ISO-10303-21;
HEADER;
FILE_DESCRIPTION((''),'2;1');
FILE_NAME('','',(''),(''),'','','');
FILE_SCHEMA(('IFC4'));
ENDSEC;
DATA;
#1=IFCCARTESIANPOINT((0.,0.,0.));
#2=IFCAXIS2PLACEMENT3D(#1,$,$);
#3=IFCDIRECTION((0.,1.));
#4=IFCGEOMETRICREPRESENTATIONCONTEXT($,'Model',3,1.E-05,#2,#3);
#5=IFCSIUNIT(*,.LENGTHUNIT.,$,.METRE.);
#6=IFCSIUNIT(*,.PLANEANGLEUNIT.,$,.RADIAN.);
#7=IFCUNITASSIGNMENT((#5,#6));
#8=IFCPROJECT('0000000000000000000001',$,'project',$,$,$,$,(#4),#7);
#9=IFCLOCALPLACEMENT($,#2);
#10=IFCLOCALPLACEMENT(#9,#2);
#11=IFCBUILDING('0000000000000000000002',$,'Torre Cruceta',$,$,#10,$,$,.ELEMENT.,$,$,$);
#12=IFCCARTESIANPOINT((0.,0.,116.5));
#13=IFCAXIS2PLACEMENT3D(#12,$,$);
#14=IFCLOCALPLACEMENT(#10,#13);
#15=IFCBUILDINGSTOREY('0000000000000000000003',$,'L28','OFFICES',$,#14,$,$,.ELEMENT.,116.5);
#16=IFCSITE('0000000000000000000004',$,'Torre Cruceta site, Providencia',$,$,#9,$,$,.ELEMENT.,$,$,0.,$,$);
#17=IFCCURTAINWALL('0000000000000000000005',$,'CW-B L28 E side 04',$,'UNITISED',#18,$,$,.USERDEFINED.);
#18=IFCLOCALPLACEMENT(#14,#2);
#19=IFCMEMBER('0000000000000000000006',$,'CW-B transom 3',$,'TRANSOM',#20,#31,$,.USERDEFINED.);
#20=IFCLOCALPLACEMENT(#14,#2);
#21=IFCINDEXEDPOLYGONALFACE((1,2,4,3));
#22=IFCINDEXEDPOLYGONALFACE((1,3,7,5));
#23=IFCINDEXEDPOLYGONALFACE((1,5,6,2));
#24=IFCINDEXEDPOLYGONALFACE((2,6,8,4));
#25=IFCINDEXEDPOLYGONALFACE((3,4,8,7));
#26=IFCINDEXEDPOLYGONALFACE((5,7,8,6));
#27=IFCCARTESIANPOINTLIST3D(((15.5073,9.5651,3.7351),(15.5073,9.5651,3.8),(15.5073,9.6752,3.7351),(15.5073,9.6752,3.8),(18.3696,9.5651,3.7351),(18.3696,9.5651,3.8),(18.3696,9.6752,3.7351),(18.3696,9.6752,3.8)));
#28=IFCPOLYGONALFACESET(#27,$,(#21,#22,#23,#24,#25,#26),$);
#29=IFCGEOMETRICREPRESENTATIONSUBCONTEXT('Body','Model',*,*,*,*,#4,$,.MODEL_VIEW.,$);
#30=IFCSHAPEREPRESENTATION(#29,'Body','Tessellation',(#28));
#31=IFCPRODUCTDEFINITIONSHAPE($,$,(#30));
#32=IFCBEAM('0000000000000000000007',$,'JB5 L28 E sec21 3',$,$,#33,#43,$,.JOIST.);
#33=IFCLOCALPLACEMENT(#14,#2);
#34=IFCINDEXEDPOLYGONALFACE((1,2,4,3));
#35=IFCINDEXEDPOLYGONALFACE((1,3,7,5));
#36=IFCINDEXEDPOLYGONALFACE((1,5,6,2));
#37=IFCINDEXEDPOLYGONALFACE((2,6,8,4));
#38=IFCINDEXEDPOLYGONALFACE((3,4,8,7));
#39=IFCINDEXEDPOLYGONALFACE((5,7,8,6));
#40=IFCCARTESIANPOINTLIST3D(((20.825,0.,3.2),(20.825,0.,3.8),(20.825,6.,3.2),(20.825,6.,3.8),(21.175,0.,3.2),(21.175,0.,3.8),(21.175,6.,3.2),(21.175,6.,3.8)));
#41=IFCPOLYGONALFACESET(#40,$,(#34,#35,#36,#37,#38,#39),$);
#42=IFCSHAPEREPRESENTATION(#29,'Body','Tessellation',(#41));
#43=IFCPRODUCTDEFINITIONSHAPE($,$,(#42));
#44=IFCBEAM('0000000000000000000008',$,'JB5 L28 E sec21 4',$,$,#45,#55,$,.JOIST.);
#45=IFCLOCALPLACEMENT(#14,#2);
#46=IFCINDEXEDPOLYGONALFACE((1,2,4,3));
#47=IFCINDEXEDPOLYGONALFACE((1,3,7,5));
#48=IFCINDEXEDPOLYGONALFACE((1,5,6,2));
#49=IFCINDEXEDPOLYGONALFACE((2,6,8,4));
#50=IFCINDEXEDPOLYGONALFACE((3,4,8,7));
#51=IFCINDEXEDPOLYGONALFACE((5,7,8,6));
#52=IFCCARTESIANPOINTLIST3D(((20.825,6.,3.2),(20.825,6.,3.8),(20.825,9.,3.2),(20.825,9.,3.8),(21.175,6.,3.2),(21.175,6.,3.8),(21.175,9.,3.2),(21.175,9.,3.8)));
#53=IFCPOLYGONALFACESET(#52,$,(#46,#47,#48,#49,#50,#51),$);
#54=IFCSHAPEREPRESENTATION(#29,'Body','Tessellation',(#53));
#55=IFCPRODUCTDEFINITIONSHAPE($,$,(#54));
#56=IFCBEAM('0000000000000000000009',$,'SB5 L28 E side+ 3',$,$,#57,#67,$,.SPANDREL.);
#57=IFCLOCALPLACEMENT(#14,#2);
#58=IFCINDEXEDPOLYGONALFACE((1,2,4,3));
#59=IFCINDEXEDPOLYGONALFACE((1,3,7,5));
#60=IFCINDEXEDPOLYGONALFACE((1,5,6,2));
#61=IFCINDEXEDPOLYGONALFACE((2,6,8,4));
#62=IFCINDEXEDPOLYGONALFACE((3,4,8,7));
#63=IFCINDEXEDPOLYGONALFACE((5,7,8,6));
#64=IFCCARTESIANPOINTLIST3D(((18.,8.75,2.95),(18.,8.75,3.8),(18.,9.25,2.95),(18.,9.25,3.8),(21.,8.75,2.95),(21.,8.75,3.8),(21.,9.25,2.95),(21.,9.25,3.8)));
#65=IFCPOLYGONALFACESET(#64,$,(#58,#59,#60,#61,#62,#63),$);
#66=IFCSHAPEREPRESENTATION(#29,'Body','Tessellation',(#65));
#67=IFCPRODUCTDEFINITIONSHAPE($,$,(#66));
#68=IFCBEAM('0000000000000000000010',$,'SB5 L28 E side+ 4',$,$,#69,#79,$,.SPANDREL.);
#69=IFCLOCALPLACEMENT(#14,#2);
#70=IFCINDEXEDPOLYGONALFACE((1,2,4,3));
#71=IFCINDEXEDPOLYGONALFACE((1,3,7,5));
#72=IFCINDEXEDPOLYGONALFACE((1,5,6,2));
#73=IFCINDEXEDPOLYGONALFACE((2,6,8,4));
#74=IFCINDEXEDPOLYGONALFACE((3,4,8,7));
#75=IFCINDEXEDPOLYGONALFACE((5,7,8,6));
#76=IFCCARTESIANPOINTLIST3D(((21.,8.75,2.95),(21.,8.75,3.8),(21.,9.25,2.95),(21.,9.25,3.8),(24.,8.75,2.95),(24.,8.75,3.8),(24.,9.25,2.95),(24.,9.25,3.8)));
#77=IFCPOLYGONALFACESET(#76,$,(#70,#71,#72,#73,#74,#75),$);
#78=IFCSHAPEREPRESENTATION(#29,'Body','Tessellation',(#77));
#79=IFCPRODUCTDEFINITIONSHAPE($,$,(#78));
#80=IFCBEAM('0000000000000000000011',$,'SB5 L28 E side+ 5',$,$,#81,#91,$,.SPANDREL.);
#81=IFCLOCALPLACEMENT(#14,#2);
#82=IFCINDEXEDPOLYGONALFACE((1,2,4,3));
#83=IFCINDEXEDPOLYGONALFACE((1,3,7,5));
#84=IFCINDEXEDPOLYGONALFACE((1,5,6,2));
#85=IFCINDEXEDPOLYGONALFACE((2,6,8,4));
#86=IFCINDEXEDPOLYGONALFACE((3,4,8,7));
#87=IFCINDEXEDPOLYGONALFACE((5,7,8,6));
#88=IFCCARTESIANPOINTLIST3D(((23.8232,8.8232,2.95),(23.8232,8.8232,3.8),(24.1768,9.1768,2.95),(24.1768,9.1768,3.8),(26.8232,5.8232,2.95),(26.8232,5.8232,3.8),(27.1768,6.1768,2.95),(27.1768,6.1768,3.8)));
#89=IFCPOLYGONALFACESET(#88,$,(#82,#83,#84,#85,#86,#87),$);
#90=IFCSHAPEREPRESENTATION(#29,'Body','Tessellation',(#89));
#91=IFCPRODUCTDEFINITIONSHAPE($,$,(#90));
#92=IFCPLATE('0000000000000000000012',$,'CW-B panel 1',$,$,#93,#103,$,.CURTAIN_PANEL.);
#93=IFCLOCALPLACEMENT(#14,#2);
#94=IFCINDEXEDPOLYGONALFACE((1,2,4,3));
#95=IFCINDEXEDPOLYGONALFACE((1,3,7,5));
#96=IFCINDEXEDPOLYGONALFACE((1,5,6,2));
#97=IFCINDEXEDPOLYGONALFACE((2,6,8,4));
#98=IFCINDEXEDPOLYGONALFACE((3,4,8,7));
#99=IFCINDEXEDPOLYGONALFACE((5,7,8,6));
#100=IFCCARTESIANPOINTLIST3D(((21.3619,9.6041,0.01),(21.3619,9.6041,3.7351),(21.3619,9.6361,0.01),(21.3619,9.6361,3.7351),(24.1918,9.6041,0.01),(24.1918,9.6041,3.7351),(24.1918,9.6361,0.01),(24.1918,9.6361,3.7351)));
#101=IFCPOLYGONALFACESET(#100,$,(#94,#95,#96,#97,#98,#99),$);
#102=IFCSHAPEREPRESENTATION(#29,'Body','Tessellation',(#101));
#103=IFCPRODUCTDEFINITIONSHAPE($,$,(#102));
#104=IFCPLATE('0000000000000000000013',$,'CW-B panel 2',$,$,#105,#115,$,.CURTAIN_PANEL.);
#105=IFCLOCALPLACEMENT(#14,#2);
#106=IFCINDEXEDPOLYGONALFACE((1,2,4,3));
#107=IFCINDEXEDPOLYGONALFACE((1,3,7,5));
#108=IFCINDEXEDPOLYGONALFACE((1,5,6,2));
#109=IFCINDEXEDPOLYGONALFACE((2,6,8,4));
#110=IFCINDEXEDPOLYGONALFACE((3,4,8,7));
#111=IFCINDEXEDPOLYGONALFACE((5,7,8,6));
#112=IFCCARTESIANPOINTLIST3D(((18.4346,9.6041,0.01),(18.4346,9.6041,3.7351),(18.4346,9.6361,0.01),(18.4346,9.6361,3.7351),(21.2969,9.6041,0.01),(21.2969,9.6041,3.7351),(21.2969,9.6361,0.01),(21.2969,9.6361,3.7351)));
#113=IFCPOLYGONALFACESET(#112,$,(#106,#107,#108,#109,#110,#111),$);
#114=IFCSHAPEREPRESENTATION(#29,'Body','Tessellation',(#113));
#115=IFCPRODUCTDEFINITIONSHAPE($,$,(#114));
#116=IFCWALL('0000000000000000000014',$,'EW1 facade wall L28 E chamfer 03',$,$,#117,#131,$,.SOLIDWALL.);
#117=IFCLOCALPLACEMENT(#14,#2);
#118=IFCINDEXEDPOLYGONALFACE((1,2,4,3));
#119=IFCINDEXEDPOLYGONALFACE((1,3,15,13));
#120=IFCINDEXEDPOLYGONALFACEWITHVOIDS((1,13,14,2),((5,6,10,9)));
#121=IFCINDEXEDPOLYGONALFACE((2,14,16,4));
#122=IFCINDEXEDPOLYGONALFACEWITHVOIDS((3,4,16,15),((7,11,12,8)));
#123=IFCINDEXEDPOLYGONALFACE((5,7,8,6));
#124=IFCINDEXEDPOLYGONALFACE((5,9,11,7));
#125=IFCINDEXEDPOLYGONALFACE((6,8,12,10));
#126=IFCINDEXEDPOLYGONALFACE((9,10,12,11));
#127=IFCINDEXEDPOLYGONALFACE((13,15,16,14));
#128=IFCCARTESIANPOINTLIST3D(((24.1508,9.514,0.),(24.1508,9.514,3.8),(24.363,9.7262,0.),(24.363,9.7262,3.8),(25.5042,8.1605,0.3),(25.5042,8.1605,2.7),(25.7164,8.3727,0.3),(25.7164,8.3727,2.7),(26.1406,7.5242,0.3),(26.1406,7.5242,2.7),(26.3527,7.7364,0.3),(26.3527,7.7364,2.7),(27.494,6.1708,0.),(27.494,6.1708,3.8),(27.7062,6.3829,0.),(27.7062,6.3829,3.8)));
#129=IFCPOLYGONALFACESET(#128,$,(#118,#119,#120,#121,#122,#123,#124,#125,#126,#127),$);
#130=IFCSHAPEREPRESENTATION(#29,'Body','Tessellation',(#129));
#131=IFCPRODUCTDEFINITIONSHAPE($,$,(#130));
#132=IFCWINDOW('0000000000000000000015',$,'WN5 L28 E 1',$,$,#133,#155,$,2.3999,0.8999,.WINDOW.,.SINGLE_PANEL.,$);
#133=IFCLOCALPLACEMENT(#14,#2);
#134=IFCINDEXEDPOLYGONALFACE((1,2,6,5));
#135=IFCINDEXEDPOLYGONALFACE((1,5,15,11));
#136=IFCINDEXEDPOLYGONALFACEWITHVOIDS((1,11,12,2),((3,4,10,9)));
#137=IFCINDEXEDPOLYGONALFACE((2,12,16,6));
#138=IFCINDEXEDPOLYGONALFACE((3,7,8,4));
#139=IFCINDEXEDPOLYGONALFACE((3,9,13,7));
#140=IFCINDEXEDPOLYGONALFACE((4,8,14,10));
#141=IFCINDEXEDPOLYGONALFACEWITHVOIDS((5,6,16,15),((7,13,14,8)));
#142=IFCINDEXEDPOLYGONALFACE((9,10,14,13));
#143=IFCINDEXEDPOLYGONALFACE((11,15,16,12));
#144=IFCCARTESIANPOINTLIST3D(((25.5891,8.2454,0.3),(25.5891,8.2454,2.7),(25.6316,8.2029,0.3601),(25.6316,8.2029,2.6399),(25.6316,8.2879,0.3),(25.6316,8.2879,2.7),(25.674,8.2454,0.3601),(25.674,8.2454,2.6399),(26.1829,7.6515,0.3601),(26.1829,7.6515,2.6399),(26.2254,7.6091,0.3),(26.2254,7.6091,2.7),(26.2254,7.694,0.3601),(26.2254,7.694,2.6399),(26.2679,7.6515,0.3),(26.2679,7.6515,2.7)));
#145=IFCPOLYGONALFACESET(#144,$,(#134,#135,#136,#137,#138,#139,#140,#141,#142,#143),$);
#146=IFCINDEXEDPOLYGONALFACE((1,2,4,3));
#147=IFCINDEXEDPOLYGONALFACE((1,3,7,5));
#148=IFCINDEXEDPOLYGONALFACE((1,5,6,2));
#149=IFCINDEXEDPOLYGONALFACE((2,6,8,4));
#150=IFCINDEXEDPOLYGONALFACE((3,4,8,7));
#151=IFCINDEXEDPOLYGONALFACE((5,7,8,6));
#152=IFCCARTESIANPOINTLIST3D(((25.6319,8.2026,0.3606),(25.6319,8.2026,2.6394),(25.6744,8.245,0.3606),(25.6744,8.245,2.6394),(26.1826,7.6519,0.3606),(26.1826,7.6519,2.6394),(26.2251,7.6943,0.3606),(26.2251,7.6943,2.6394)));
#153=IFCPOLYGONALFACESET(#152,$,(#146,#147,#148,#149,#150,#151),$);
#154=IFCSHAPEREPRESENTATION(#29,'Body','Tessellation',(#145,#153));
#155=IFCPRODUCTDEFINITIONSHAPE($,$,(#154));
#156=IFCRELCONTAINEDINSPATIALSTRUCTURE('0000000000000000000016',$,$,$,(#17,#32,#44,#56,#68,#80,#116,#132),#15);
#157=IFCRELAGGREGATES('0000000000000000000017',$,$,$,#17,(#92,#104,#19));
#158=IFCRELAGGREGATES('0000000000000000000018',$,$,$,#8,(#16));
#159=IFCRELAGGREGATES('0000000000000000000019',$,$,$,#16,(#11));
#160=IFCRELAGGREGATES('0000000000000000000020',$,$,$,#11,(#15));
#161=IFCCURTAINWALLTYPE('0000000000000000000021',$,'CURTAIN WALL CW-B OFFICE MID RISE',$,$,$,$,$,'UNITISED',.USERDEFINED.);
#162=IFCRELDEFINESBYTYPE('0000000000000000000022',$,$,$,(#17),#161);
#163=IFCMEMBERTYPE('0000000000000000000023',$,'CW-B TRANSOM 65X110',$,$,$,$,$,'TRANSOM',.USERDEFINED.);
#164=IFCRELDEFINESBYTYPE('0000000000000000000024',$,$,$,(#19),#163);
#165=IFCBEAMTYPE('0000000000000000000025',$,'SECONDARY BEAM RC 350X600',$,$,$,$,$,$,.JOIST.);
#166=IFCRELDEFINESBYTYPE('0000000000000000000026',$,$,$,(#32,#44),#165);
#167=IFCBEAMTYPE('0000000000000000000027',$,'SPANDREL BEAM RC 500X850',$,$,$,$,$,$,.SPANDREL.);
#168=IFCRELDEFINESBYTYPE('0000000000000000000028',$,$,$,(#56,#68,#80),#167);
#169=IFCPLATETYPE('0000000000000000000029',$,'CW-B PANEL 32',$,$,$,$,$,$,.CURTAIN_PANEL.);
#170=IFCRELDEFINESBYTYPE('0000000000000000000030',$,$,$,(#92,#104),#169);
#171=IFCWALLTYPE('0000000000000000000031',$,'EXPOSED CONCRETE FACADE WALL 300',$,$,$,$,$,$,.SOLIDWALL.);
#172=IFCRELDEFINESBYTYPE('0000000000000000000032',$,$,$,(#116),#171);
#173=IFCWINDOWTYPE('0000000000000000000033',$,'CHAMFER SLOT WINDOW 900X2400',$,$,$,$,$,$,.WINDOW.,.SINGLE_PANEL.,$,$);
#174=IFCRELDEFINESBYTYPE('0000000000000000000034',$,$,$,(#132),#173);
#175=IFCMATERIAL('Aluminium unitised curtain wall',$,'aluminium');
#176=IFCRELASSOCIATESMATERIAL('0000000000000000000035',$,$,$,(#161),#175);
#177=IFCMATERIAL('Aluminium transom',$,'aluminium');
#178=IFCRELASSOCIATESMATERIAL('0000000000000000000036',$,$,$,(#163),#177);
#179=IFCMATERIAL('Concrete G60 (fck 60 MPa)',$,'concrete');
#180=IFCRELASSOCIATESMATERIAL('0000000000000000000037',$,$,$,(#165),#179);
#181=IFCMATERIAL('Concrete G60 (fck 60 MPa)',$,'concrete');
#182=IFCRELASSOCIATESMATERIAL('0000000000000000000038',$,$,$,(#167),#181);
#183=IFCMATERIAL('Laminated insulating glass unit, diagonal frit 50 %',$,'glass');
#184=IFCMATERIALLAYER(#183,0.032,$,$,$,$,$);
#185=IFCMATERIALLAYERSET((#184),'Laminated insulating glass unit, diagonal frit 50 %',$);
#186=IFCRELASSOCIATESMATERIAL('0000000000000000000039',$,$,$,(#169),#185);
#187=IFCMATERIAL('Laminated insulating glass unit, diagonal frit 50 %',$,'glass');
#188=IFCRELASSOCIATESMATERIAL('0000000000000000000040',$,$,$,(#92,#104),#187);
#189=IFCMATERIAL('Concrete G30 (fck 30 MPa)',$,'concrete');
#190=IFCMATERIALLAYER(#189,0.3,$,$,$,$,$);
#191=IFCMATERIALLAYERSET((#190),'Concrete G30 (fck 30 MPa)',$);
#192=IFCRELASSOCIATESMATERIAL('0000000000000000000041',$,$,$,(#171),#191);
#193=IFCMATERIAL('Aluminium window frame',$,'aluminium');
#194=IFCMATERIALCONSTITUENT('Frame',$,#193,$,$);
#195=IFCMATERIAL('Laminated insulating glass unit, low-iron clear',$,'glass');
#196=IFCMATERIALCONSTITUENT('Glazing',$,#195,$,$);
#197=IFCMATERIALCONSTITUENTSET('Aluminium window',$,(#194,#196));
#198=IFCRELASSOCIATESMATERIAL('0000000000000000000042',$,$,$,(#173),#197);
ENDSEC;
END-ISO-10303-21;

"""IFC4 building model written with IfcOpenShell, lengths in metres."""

from ifc_helpers import new_model, si_unit, direction, frame, frame_2d, origin, origin_2d, place, context, subcontext, project, spatial, rectangle, hollow_rectangle, extrude, material, layer, layer_set, constituent, constituent_set, material_profile, profile_set, type_object, element, fill, aggregate, save


model = new_model("IFC4")

# Units and contexts
model_context = context("Model", 3, precision=1e-05, world=origin(), true_north=direction((0.0, 1.0)))
body_context = subcontext(model_context, "Body", "Model", "MODEL_VIEW")
ifc_project = project(units=[si_unit("LENGTHUNIT", "METRE"), si_unit("PLANEANGLEUNIT", "RADIAN")], contexts=[model_context])

# Site, building, storey
site_placement = place(None, origin())
site = spatial("IfcSite", under=ifc_project, at=site_placement, Name="Torre Cruceta site, Providencia", CompositionType="ELEMENT", RefElevation=0.0)
building_placement = place(site_placement, origin())
building = spatial("IfcBuilding", under=site, at=building_placement, Name="Torre Cruceta", CompositionType="ELEMENT")
storey_placement = place(building_placement, frame((0.0, 0.0, 116.5)))
storey = spatial("IfcBuildingStorey", under=building, at=storey_placement, Name="L28", Description="OFFICES", CompositionType="ELEMENT", Elevation=116.5)

# Curtain wall, member
ifc_material_1 = material(Name="Aluminium unitised curtain wall", Category="aluminium")
curtain_wall_type = type_object("IfcCurtainWallType", Name="CURTAIN WALL CW-B OFFICE MID RISE", ElementType="UNITISED", PredefinedType="USERDEFINED", material=ifc_material_1)
curtain_wall_placement = place(storey_placement, origin())
curtain_wall = element("IfcCurtainWall", 1, at=curtain_wall_placement, inside=storey, type_object=curtain_wall_type, Name="CW-B L28 E side 04", ObjectType="UNITISED", PredefinedType="USERDEFINED")
ifc_material_2 = material(Name="Aluminium transom", Category="aluminium")
ifc_material_profile_1 = material_profile(ifc_material_2, rectangle(XDim=0.1101, YDim=0.0649, at=origin_2d()), Name="AL 110X65")
ifc_profile_set_1 = profile_set([ifc_material_profile_1], Name="Aluminium transom")
member_type_1 = type_object("IfcMemberType", Name="CW-B TRANSOM 65X110", ElementType="TRANSOM", PredefinedType="USERDEFINED", material=ifc_profile_set_1)
member_1_placement = place(storey_placement, frame((18.3696, 9.6201, 3.7676), z_axis=(-1.0, 0.0, 0.0), x_axis=(0.0, -1.0, 0.0)))
member_1 = element("IfcMember", 2, at=member_1_placement, type_object=member_type_1, Name="CW-B transom 3", ObjectType="TRANSOM", PredefinedType="USERDEFINED", context=body_context, shape_type="SweptSolid", body=[
    extrude(rectangle(XDim=0.1101, YDim=0.0649, at=origin_2d()), origin(), (0.0, 0.0, 1.0), 2.8623),
])

# Beams
ifc_material_3 = material(Name="Concrete G60 (fck 60 MPa)", Category="concrete")
ifc_material_profile_2 = material_profile(ifc_material_3, rectangle(XDim=0.3501, YDim=0.6001, at=origin_2d()), Name="RC 350X600")
ifc_profile_set_2 = profile_set([ifc_material_profile_2], Name="Concrete G60 (fck 60 MPa)")
beam_type_1 = type_object("IfcBeamType", Name="SECONDARY BEAM RC 350X600", PredefinedType="JOIST", material=ifc_profile_set_2)
beam_1_placement = place(storey_placement, frame((21.0, 0.0, 3.5), z_axis=(0.0, 1.0, 0.0), x_axis=(-1.0, 0.0, 0.0)))
element("IfcBeam", 3, at=beam_1_placement, inside=storey, type_object=beam_type_1, Name="JB5 L28 E sec21 3", PredefinedType="JOIST", context=body_context, shape_type="SweptSolid", body=[
    extrude(rectangle(XDim=0.3501, YDim=0.6001, at=origin_2d()), origin(), (0.0, 0.0, 1.0), 6.0),
])
beam_2_placement = place(storey_placement, frame((21.0, 6.0, 3.5), z_axis=(0.0, 1.0, 0.0), x_axis=(-1.0, 0.0, 0.0)))
element("IfcBeam", 4, at=beam_2_placement, inside=storey, type_object=beam_type_1, Name="JB5 L28 E sec21 4", PredefinedType="JOIST", context=body_context, shape_type="SweptSolid", body=[
    extrude(rectangle(XDim=0.3501, YDim=0.6001, at=origin_2d()), origin(), (0.0, 0.0, 1.0), 3.0),
])
ifc_material_4 = material(Name="Concrete G60 (fck 60 MPa)", Category="concrete")
ifc_material_profile_3 = material_profile(ifc_material_4, rectangle(XDim=0.5, YDim=0.8501, at=origin_2d()), Name="RC 500X850")
ifc_profile_set_3 = profile_set([ifc_material_profile_3], Name="Concrete G60 (fck 60 MPa)")
beam_type_2 = type_object("IfcBeamType", Name="SPANDREL BEAM RC 500X850", PredefinedType="SPANDREL", material=ifc_profile_set_3)
for number, where, z_axis, x_axis, name in (
    (5, (18.0, 9.0, 3.375), (1.0, 0.0, 0.0), (0.0, 1.0, 0.0), "SB5 L28 E side+ 3"),
    (6, (21.0, 9.0, 3.375), (1.0, 0.0, 0.0), (0.0, 1.0, 0.0), "SB5 L28 E side+ 4"),
):
    element("IfcBeam", number, at=place(storey_placement, frame(where, z_axis=z_axis, x_axis=x_axis)), inside=storey, type_object=beam_type_2, Name=name, PredefinedType="SPANDREL", context=body_context, shape_type="SweptSolid", body=[
        extrude(rectangle(XDim=0.5, YDim=0.8501, at=origin_2d()), origin(), (0.0, 0.0, 1.0), 3.0),
    ])
beam_3_placement = place(storey_placement, frame((24.0, 9.0, 3.375), z_axis=(0.707107, -0.707107, 0.0), x_axis=(0.707107, 0.707107, 0.0)))
element("IfcBeam", 7, at=beam_3_placement, inside=storey, type_object=beam_type_2, Name="SB5 L28 E side+ 5", PredefinedType="SPANDREL", context=body_context, shape_type="SweptSolid", body=[
    extrude(rectangle(XDim=0.5, YDim=0.8501, at=origin_2d()), origin(), (0.0, 0.0, 1.0), 4.2427),
])

# Plates
ifc_material_5 = material(Name="Laminated insulating glass unit, diagonal frit 50 %", Category="glass")
ifc_material_6 = material(Name="Laminated insulating glass unit, diagonal frit 50 %", Category="glass")
ifc_layer_1 = layer(ifc_material_6, 0.032)
ifc_layer_set_1 = layer_set([ifc_layer_1], Name="Laminated insulating glass unit, diagonal frit 50 %")
plate_type = type_object("IfcPlateType", Name="CW-B PANEL 32", PredefinedType="CURTAIN_PANEL", material=ifc_layer_set_1)
plate_1_placement = place(storey_placement, frame((22.7769, 9.6201, 0.01), z_axis=(0.0, 0.0, 1.0), x_axis=(-1.0, 0.0, 0.0)))
plate_1 = element("IfcPlate", 8, at=plate_1_placement, type_object=plate_type, material=ifc_material_5, Name="CW-B panel 1", PredefinedType="CURTAIN_PANEL", context=body_context, shape_type="SweptSolid", body=[
    extrude(rectangle(XDim=2.8298, YDim=0.032, at=origin_2d()), origin(), (0.0, 0.0, 1.0), 3.7251),
])
plate_2_placement = place(storey_placement, frame((19.8657, 9.6201, 0.01), z_axis=(0.0, 0.0, 1.0), x_axis=(-1.0, 0.0, 0.0)))
plate_2 = element("IfcPlate", 9, at=plate_2_placement, type_object=plate_type, material=ifc_material_5, Name="CW-B panel 2", PredefinedType="CURTAIN_PANEL", context=body_context, shape_type="SweptSolid", body=[
    extrude(rectangle(XDim=2.8623, YDim=0.032, at=origin_2d()), origin(), (0.0, 0.0, 1.0), 3.7251),
])
aggregate(curtain_wall, [plate_1, plate_2, member_1])

# Wall, opening, window
ifc_material_7 = material(Name="Concrete G30 (fck 30 MPa)", Category="concrete")
ifc_layer_2 = layer(ifc_material_7, 0.3)
ifc_layer_set_2 = layer_set([ifc_layer_2], Name="Concrete G30 (fck 30 MPa)")
wall_type = type_object("IfcWallType", Name="EXPOSED CONCRETE FACADE WALL 300", PredefinedType="SOLIDWALL", material=ifc_layer_set_2)
wall_placement = place(storey_placement, frame((27.6001, 6.2769, 0.0), z_axis=(0.0, 0.0, 1.0), x_axis=(-0.707107, 0.707107, 0.0)))
wall = element("IfcWall", 10, at=wall_placement, inside=storey, type_object=wall_type, Name="EW1 facade wall L28 E chamfer 03", PredefinedType="SOLIDWALL", context=body_context, shape_type="SweptSolid", body=[
    extrude(rectangle(XDim=4.728, YDim=0.3, at=frame_2d((2.364, 0.0))), origin(), (0.0, 0.0, 1.0), 3.8),
])
opening_placement = place(wall_placement, frame((1.9141, 0.0, 0.3)))
opening = element("IfcOpeningElement", 11, at=opening_placement, cuts=wall, PredefinedType="OPENING", context=body_context, shape_type="SweptSolid", body=[
    extrude(rectangle(XDim=0.8999, YDim=2.3999, at=frame_2d((0.45, 1.2))), frame((0.0, 0.1599, 0.0), z_axis=(0.0, -1.0, 0.0), x_axis=(1.0, 0.0, 0.0)), (0.0, 0.0, 1.0), 0.3201),
])
ifc_material_8 = material(Name="Aluminium window frame", Category="aluminium")
ifc_constituent_1 = constituent(ifc_material_8, Name="Frame")
ifc_material_9 = material(Name="Laminated insulating glass unit, low-iron clear", Category="glass")
ifc_constituent_2 = constituent(ifc_material_9, Name="Glazing")
ifc_constituent_set = constituent_set(constituents=[ifc_constituent_1, ifc_constituent_2], Name="Aluminium window")
window_type = type_object("IfcWindowType", Name="CHAMFER SLOT WINDOW 900X2400", PartitioningType="SINGLE_PANEL", PredefinedType="WINDOW", material=ifc_constituent_set)
window_placement = place(opening_placement, origin())
window = element("IfcWindow", 12, at=window_placement, inside=storey, type_object=window_type, Name="WN5 L28 E 1", OverallHeight=2.3999, OverallWidth=0.8999, PartitioningType="SINGLE_PANEL", PredefinedType="WINDOW", context=body_context, shape_type="SweptSolid", body=[
    extrude(hollow_rectangle(XDim=0.8999, YDim=2.3999, WallThickness=0.0601, at=frame_2d((0.45, 1.2))), frame((0.0, 0.03, 0.0), z_axis=(0.0, -1.0, 0.0), x_axis=(1.0, 0.0, 0.0)), (0.0, 0.0, 1.0), 0.0601),
    extrude(rectangle(XDim=0.7788, YDim=2.2788, at=frame_2d((0.45, 1.2))), frame((0.0, 0.03, 0.0), z_axis=(0.0, -1.0, 0.0), x_axis=(1.0, 0.0, 0.0)), (0.0, 0.0, 1.0), 0.0601),
])
fill(opening, window)

save(model, "model.ifc")
